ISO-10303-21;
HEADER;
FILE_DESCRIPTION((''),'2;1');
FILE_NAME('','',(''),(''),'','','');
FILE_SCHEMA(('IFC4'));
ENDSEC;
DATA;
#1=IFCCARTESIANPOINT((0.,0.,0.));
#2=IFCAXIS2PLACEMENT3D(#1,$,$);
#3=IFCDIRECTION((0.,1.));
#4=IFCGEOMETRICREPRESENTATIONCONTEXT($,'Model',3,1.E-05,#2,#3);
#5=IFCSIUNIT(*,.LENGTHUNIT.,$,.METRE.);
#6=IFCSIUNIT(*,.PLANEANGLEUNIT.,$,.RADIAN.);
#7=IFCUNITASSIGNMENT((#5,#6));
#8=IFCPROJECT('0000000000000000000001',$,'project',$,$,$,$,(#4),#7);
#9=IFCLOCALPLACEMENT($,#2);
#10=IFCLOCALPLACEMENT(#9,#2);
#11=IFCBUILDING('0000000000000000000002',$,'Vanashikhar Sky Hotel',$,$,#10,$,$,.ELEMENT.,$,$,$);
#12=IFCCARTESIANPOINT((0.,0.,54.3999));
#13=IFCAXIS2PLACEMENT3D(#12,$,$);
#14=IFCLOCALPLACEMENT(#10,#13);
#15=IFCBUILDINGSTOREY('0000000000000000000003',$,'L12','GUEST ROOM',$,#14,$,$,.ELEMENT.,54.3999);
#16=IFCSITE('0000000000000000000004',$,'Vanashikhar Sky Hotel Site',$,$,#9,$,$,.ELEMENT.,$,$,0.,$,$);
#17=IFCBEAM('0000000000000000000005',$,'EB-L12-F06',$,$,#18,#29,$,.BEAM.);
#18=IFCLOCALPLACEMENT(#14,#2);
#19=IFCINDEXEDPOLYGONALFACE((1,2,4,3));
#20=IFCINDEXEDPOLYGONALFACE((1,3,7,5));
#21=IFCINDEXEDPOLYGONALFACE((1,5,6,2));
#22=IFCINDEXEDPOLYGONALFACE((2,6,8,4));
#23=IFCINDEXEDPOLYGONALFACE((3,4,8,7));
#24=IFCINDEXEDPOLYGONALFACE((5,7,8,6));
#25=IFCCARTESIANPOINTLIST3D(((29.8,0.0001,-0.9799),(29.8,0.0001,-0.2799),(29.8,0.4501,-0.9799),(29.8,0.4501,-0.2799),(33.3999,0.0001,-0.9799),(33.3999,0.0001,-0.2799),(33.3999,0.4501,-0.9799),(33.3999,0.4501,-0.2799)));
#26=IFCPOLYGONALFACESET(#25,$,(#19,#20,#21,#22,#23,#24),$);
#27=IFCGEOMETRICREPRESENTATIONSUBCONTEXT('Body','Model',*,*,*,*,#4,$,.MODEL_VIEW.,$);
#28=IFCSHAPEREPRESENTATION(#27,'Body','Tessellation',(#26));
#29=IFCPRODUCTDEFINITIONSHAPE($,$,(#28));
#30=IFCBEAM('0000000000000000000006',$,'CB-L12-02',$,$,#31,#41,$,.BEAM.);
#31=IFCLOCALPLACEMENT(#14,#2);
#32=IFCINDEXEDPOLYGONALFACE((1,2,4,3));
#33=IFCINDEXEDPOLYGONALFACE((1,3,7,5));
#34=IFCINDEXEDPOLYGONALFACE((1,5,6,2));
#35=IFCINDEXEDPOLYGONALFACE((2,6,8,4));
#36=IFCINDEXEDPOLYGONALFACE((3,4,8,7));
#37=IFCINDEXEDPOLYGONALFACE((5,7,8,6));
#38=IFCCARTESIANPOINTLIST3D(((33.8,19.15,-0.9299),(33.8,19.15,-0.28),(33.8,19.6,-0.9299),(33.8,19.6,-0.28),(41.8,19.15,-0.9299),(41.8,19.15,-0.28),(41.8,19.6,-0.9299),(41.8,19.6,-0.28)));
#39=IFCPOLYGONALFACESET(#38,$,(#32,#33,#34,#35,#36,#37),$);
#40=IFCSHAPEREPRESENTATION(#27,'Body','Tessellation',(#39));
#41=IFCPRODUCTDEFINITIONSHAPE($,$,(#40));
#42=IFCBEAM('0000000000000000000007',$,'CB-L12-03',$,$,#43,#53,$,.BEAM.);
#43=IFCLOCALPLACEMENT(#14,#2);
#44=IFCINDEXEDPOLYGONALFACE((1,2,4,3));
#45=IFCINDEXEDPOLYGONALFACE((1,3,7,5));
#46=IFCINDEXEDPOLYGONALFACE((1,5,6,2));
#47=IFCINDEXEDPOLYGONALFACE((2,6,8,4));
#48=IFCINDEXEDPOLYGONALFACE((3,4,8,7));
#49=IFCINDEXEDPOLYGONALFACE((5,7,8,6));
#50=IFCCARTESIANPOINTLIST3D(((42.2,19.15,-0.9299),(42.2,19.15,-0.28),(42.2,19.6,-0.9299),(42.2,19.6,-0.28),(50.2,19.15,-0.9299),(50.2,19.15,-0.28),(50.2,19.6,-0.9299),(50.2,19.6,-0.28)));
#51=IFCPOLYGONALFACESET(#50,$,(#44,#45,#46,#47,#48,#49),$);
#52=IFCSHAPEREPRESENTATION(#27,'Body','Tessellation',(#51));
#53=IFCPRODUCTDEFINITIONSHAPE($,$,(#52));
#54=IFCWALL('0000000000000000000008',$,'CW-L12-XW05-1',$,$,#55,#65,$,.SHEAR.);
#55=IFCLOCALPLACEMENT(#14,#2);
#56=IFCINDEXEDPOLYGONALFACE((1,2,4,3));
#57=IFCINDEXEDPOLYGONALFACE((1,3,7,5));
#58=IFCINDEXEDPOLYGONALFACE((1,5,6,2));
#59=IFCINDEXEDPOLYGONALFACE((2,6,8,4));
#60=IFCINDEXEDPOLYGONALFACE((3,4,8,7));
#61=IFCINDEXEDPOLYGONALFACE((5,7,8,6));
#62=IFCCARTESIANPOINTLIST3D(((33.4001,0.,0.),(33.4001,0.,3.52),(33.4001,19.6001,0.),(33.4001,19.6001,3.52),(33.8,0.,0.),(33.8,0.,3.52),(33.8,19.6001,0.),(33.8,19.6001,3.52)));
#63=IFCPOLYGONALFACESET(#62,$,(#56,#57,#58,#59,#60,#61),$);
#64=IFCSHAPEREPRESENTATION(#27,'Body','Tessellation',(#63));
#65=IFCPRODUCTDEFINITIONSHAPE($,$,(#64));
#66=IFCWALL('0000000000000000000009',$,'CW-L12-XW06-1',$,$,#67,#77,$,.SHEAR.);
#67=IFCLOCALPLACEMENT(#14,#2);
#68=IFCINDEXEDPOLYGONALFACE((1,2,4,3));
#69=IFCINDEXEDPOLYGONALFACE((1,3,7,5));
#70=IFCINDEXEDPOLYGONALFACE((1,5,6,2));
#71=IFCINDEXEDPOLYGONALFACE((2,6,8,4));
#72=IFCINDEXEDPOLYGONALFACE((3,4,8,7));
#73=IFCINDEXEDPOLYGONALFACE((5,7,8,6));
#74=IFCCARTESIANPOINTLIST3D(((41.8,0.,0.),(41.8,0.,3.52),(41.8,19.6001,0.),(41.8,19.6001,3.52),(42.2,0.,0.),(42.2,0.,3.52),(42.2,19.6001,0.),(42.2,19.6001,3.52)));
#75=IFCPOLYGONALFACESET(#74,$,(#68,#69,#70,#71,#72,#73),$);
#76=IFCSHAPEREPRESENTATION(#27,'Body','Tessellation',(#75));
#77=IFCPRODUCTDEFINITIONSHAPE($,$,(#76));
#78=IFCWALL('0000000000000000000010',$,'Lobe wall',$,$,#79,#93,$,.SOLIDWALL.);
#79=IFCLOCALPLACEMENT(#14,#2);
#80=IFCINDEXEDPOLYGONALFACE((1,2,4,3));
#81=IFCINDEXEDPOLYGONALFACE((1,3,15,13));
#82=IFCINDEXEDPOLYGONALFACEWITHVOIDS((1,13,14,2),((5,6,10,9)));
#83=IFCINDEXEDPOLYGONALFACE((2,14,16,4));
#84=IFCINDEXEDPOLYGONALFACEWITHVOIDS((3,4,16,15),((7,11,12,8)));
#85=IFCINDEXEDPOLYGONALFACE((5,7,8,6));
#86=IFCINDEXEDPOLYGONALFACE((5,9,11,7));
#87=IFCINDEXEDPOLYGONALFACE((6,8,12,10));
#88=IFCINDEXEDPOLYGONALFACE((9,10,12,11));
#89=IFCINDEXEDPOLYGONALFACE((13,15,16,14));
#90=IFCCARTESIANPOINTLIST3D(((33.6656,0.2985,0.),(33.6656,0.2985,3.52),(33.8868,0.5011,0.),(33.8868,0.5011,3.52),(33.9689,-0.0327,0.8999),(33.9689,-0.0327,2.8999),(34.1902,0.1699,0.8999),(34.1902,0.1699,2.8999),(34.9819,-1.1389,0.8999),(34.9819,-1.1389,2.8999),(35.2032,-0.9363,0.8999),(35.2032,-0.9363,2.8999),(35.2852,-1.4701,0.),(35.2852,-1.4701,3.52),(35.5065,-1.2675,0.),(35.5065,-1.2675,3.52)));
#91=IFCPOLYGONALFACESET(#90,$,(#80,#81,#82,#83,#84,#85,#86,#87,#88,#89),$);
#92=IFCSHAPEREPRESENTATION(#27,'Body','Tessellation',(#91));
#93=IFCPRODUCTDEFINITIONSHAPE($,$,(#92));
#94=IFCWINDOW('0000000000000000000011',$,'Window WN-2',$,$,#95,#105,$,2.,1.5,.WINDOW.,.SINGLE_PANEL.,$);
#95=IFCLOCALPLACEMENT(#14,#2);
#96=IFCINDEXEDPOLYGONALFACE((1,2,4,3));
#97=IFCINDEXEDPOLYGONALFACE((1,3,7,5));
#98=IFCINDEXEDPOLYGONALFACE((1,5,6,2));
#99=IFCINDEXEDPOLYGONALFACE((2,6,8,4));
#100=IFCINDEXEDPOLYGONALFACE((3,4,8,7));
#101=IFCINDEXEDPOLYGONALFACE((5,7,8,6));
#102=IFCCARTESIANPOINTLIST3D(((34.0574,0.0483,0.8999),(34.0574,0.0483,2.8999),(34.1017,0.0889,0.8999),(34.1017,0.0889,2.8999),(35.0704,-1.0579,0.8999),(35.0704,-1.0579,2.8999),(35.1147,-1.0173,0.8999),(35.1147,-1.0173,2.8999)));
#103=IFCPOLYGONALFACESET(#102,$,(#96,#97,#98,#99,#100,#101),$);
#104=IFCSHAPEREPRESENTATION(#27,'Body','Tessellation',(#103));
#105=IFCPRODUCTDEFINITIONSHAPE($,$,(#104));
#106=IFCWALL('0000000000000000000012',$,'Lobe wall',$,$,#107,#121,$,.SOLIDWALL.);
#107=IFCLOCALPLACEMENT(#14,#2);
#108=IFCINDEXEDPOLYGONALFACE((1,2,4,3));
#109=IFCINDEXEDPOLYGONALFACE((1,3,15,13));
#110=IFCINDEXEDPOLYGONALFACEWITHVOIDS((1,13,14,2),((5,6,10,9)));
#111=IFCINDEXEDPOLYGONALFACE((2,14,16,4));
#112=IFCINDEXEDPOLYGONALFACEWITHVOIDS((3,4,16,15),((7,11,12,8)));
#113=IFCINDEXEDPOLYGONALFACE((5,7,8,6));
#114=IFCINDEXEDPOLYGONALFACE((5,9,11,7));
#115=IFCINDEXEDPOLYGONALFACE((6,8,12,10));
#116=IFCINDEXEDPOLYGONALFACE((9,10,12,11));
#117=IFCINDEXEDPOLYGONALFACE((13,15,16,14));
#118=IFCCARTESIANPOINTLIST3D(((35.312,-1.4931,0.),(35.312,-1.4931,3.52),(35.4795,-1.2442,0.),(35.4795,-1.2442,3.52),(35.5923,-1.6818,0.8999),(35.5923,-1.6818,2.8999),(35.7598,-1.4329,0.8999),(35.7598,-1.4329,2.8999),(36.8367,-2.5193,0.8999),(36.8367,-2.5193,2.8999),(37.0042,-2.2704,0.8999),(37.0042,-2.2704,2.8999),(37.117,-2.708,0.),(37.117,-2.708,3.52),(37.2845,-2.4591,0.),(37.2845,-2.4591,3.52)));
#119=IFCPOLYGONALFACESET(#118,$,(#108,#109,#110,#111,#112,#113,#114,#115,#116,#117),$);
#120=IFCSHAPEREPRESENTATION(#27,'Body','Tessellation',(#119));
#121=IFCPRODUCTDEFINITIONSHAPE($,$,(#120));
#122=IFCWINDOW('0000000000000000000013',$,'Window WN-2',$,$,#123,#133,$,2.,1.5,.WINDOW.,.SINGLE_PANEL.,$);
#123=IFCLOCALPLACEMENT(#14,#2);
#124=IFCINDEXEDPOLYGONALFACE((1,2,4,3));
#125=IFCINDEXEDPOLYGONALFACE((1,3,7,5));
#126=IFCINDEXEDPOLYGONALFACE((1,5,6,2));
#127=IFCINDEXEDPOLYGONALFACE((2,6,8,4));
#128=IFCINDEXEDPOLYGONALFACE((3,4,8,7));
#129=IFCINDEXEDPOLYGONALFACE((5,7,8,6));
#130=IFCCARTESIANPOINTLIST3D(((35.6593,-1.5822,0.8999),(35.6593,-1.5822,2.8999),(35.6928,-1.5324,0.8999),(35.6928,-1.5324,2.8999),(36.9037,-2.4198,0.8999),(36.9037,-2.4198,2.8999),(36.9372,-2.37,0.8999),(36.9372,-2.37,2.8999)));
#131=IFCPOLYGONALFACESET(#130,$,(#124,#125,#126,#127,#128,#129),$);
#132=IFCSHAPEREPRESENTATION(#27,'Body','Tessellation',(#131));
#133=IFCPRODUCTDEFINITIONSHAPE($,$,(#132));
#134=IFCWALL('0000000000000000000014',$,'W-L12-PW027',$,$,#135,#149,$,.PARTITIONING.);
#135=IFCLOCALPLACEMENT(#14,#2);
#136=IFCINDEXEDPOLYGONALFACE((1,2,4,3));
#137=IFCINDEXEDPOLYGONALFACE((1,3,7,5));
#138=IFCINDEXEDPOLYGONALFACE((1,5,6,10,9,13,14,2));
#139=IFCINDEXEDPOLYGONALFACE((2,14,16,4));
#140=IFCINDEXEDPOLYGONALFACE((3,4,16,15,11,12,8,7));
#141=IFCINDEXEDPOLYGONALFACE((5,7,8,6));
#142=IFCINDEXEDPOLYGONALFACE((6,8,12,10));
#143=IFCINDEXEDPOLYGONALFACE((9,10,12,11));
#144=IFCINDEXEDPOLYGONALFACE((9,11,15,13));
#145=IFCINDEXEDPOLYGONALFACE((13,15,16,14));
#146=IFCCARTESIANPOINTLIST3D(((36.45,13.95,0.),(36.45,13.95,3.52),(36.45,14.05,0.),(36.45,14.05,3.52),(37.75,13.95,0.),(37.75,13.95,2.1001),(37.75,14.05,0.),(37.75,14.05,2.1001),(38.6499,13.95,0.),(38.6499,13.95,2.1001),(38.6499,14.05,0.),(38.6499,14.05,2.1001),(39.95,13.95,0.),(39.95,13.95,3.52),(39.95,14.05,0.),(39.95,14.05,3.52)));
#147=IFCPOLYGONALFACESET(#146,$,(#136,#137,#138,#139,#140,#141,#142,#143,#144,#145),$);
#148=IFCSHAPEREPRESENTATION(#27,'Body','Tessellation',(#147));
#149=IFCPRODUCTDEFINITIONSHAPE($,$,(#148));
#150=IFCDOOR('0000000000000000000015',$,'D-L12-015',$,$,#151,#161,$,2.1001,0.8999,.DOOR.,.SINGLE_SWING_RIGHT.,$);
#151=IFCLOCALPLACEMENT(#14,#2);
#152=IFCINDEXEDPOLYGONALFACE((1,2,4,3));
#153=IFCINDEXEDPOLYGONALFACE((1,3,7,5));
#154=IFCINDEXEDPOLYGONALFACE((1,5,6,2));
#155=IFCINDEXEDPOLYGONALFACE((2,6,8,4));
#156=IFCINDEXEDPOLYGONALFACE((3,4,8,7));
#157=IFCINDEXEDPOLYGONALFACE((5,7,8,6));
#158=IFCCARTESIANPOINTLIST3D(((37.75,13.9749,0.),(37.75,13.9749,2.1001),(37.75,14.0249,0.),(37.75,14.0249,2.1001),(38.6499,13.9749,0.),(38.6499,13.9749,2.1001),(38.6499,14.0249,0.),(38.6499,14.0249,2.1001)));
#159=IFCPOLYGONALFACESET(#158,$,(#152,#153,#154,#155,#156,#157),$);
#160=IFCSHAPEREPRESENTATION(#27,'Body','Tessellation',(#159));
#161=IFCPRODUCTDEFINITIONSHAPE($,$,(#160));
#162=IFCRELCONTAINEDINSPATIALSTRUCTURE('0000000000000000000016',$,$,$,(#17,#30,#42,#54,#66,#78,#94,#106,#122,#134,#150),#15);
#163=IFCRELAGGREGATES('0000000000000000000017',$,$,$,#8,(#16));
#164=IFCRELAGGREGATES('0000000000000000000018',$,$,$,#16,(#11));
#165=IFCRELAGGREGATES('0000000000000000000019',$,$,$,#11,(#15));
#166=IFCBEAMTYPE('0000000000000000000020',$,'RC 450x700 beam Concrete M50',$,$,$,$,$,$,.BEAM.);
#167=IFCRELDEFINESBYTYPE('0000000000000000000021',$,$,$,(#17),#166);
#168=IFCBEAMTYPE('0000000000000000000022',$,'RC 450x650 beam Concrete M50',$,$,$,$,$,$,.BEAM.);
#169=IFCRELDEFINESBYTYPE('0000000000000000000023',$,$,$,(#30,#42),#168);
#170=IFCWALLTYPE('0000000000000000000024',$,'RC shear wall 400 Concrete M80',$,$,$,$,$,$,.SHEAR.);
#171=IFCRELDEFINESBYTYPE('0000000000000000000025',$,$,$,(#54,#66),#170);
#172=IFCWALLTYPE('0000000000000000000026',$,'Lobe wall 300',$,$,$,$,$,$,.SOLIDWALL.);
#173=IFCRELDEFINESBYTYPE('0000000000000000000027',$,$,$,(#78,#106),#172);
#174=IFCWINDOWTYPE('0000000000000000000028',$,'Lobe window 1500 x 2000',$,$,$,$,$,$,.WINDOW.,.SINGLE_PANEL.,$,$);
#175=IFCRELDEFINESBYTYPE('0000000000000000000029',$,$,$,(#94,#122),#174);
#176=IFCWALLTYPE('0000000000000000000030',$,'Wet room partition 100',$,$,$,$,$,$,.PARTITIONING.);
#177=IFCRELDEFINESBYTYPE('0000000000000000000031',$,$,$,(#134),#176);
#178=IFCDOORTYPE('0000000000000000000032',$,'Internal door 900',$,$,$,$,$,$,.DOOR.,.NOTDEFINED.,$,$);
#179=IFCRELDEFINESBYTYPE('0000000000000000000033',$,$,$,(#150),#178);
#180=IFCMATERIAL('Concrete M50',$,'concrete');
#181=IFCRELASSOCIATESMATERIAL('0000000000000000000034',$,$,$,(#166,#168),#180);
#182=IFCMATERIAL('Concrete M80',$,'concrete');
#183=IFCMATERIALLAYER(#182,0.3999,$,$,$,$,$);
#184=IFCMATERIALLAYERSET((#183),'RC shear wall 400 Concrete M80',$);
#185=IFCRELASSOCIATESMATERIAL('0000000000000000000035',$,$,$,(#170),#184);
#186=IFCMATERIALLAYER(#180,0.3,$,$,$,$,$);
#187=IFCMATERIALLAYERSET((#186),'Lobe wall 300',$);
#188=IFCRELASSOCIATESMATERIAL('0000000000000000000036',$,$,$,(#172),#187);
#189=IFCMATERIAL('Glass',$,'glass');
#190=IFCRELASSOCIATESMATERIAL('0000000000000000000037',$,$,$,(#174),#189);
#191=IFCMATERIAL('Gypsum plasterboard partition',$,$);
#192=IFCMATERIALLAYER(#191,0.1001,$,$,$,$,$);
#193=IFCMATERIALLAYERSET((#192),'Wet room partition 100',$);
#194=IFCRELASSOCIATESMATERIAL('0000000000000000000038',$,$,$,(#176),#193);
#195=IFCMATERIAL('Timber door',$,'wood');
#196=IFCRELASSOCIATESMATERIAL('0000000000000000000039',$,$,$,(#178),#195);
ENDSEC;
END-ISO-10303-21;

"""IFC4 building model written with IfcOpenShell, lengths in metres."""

from ifc_helpers import new_model, si_unit, direction, frame, frame_2d, origin, origin_2d, place, context, subcontext, project, spatial, rectangle, extrude, source, transform, mapped, material, layer, layer_set, material_profile, profile_set, type_object, element, fill, save


model = new_model("IFC4")

# Units and contexts
model_context = context("Model", 3, precision=1e-05, world=origin(), true_north=direction((0.0, 1.0)))
body_context = subcontext(model_context, "Body", "Model", "MODEL_VIEW")
ifc_project = project(units=[si_unit("LENGTHUNIT", "METRE"), si_unit("PLANEANGLEUNIT", "RADIAN")], contexts=[model_context])

# Site, building, storey
site_placement = place(None, origin())
site = spatial("IfcSite", under=ifc_project, at=site_placement, Name="Vanashikhar Sky Hotel Site", CompositionType="ELEMENT", RefElevation=0.0)
building_placement = place(site_placement, origin())
building = spatial("IfcBuilding", under=site, at=building_placement, Name="Vanashikhar Sky Hotel", CompositionType="ELEMENT")
storey_placement = place(building_placement, frame((0.0, 0.0, 54.3999)))
storey = spatial("IfcBuildingStorey", under=building, at=storey_placement, Name="L12", Description="GUEST ROOM", CompositionType="ELEMENT", Elevation=54.3999)

# Beams
ifc_material_1 = material(Name="Concrete M50", Category="concrete")
ifc_material_profile_1 = material_profile(ifc_material_1, rectangle(XDim=0.45, YDim=0.7, at=origin_2d()))
ifc_profile_set_1 = profile_set([ifc_material_profile_1], Name="RC 450x700 beam Concrete M50")
beam_type_1 = type_object("IfcBeamType", Name="RC 450x700 beam Concrete M50", PredefinedType="BEAM", material=ifc_profile_set_1)
shared_shape_1 = source(origin(), body_context, "Body", "SweptSolid", [
    extrude(rectangle(XDim=0.45, YDim=0.7, at=origin_2d()), origin(), (0.0, 0.0, 1.0), 3.5999),
])
beam_placement = place(storey_placement, frame((29.8, 0.2251, -0.6299), z_axis=(1.0, 0.0, 0.0), x_axis=(0.0, 1.0, 0.0)))
element("IfcBeam", 1, at=beam_placement, inside=storey, type_object=beam_type_1, Name="EB-L12-F06", PredefinedType="BEAM", context=body_context, shape_type="MappedRepresentation", body=[
    mapped(shared_shape_1, transform((0.0, 0.0, 0.0), scale=1.0)),
])
ifc_material_profile_2 = material_profile(ifc_material_1, rectangle(XDim=0.45, YDim=0.6499, at=origin_2d()))
ifc_profile_set_2 = profile_set([ifc_material_profile_2], Name="RC 450x650 beam Concrete M50")
beam_type_2 = type_object("IfcBeamType", Name="RC 450x650 beam Concrete M50", PredefinedType="BEAM", material=ifc_profile_set_2)
shared_shape_2 = source(origin(), body_context, "Body", "SweptSolid", [
    extrude(rectangle(XDim=0.45, YDim=0.6499, at=origin_2d()), origin(), (0.0, 0.0, 1.0), 8.0),
])
for number, where, z_axis, x_axis, name in (
    (2, (33.8, 19.375, -0.605), (1.0, 0.0, 0.0), (0.0, 1.0, 0.0), "CB-L12-02"),
    (3, (42.2, 19.375, -0.605), (1.0, 0.0, 0.0), (0.0, 1.0, 0.0), "CB-L12-03"),
):
    element("IfcBeam", number, at=place(storey_placement, frame(where, z_axis=z_axis, x_axis=x_axis)), inside=storey, type_object=beam_type_2, Name=name, PredefinedType="BEAM", context=body_context, shape_type="MappedRepresentation", body=[
        mapped(shared_shape_2, transform((0.0, 0.0, 0.0), scale=1.0)),
    ])

# Walls
ifc_material_2 = material(Name="Concrete M80", Category="concrete")
ifc_layer_1 = layer(ifc_material_2, 0.3999)
ifc_layer_set_1 = layer_set([ifc_layer_1], Name="RC shear wall 400 Concrete M80")
wall_type_1 = type_object("IfcWallType", Name="RC shear wall 400 Concrete M80", PredefinedType="SHEAR", material=ifc_layer_set_1)
shared_shape_3 = source(origin(), body_context, "Body", "SweptSolid", [
    extrude(rectangle(XDim=19.6001, YDim=0.3999, at=frame_2d((9.8, 0.0))), origin(), (0.0, 0.0, 1.0), 3.52),
])
for number, where, z_axis, x_axis, name in (
    (4, (33.6001, 0.0, 0.0), (0.0, 0.0, 1.0), (0.0, 1.0, 0.0), "CW-L12-XW05-1"),
    (5, (42.0, 0.0, 0.0), (0.0, 0.0, 1.0), (0.0, 1.0, 0.0), "CW-L12-XW06-1"),
):
    element("IfcWall", number, at=place(storey_placement, frame(where, z_axis=z_axis, x_axis=x_axis)), inside=storey, type_object=wall_type_1, Name=name, PredefinedType="SHEAR", context=body_context, shape_type="MappedRepresentation", body=[
        mapped(shared_shape_3, transform((0.0, 0.0, 0.0), scale=1.0)),
    ])

# Walls, openings, windows
ifc_layer_2 = layer(ifc_material_1, 0.3)
ifc_layer_set_2 = layer_set([ifc_layer_2], Name="Lobe wall 300")
wall_type_2 = type_object("IfcWallType", Name="Lobe wall 300", PredefinedType="SOLIDWALL", material=ifc_layer_set_2)
shared_shape_4 = source(origin(), body_context, "Body", "SweptSolid", [
    extrude(rectangle(XDim=2.3982, YDim=0.3, at=frame_2d((1.1992, 0.0))), origin(), (0.0, 0.0, 1.0), 3.52),
])
wall_1_placement = place(storey_placement, frame((33.7761, 0.3999, 0.0), z_axis=(0.0, 0.0, 1.0), x_axis=(0.675374, -0.737475, 0.0)))
wall_1 = element("IfcWall", 6, at=wall_1_placement, inside=storey, type_object=wall_type_2, Name="Lobe wall", PredefinedType="SOLIDWALL", context=body_context, shape_type="MappedRepresentation", body=[
    mapped(shared_shape_4, transform((0.0, 0.0, 0.0), scale=1.0)),
])
shared_shape_5 = source(origin(), body_context, "Body", "SweptSolid", [
    extrude(rectangle(XDim=1.5, YDim=2.0, at=frame_2d((0.75, 1.0))), frame((0.0, 0.1602, 0.0), z_axis=(0.0, -1.0, 0.0), x_axis=(1.0, 0.0, 0.0)), (0.0, 0.0, 1.0), 0.3201),
])
opening_1_placement = place(wall_1_placement, frame((0.4492, 0.0, 0.8999)))
opening_1 = element("IfcOpeningElement", 7, at=opening_1_placement, cuts=wall_1, PredefinedType="OPENING", context=body_context, shape_type="MappedRepresentation", body=[
    mapped(shared_shape_5, transform((0.0, 0.0, 0.0), scale=1.0)),
])
ifc_material_3 = material(Name="Glass", Category="glass")
window_type_1 = type_object("IfcWindowType", Name="Lobe window 1500 x 2000", PartitioningType="SINGLE_PANEL", PredefinedType="WINDOW", material=ifc_material_3)
shared_shape_6 = source(origin(), body_context, "Body", "SweptSolid", [
    extrude(rectangle(XDim=1.5, YDim=2.0, at=frame_2d((0.75, 1.0))), frame((0.0, 0.03, 0.0), z_axis=(0.0, -1.0, 0.0), x_axis=(1.0, 0.0, 0.0)), (0.0, 0.0, 1.0), 0.0601),
])
window_1_placement = place(opening_1_placement, origin())
window_1 = element("IfcWindow", 8, at=window_1_placement, inside=storey, type_object=window_type_1, Name="Window WN-2", OverallHeight=2.0, OverallWidth=1.5, PartitioningType="SINGLE_PANEL", PredefinedType="WINDOW", context=body_context, shape_type="MappedRepresentation", body=[
    mapped(shared_shape_6, transform((0.0, 0.0, 0.0), scale=1.0)),
])
fill(opening_1, window_1)
shared_shape_7 = source(origin(), body_context, "Body", "SweptSolid", [
    extrude(rectangle(XDim=2.1758, YDim=0.3, at=frame_2d((1.0879, 0.0))), origin(), (0.0, 0.0, 1.0), 3.52),
])
wall_2_placement = place(storey_placement, frame((35.3958, -1.3687, 0.0), z_axis=(0.0, 0.0, 1.0), x_axis=(0.829591, -0.558372, 0.0)))
wall_2 = element("IfcWall", 9, at=wall_2_placement, inside=storey, type_object=wall_type_2, Name="Lobe wall", PredefinedType="SOLIDWALL", context=body_context, shape_type="MappedRepresentation", body=[
    mapped(shared_shape_7, transform((0.0, 0.0, 0.0), scale=1.0)),
])
opening_2_placement = place(wall_2_placement, frame((0.3379, 0.0, 0.8999)))
opening_2 = element("IfcOpeningElement", 10, at=opening_2_placement, cuts=wall_2, PredefinedType="OPENING", context=body_context, shape_type="MappedRepresentation", body=[
    mapped(shared_shape_5, transform((0.0, 0.0, 0.0), scale=1.0)),
])
window_2_placement = place(opening_2_placement, origin())
window_2 = element("IfcWindow", 11, at=window_2_placement, inside=storey, type_object=window_type_1, Name="Window WN-2", OverallHeight=2.0, OverallWidth=1.5, PartitioningType="SINGLE_PANEL", PredefinedType="WINDOW", context=body_context, shape_type="MappedRepresentation", body=[
    mapped(shared_shape_6, transform((0.0, 0.0, 0.0), scale=1.0)),
])
fill(opening_2, window_2)

# Wall, opening, door
ifc_material_4 = material(Name="Gypsum plasterboard partition")
ifc_layer_3 = layer(ifc_material_4, 0.1001)
ifc_layer_set_3 = layer_set([ifc_layer_3], Name="Wet room partition 100")
wall_type_3 = type_object("IfcWallType", Name="Wet room partition 100", PredefinedType="PARTITIONING", material=ifc_layer_set_3)
shared_shape_8 = source(origin(), body_context, "Body", "SweptSolid", [
    extrude(rectangle(XDim=3.5, YDim=0.1001, at=frame_2d((1.75, 0.0))), origin(), (0.0, 0.0, 1.0), 3.52),
])
wall_3_placement = place(storey_placement, frame((36.45, 14.0, 0.0), z_axis=(0.0, 0.0, 1.0), x_axis=(1.0, 0.0, 0.0)))
wall_3 = element("IfcWall", 12, at=wall_3_placement, inside=storey, type_object=wall_type_3, Name="W-L12-PW027", PredefinedType="PARTITIONING", context=body_context, shape_type="MappedRepresentation", body=[
    mapped(shared_shape_8, transform((0.0, 0.0, 0.0), scale=1.0)),
])
shared_shape_9 = source(origin(), body_context, "Body", "SweptSolid", [
    extrude(rectangle(XDim=0.8999, YDim=2.1001, at=frame_2d((0.45, 1.05))), frame((0.0, 0.0601, 0.0), z_axis=(0.0, -1.0, 0.0), x_axis=(1.0, 0.0, 0.0)), (0.0, 0.0, 1.0), 0.1201),
])
opening_3_placement = place(wall_3_placement, frame((1.3, 0.0, 0.0)))
opening_3 = element("IfcOpeningElement", 13, at=opening_3_placement, cuts=wall_3, PredefinedType="OPENING", context=body_context, shape_type="MappedRepresentation", body=[
    mapped(shared_shape_9, transform((0.0, 0.0, 0.0), scale=1.0)),
])
ifc_material_5 = material(Name="Timber door", Category="wood")
door_type_1 = type_object("IfcDoorType", Name="Internal door 900", OperationType="NOTDEFINED", PredefinedType="DOOR", material=ifc_material_5)
shared_shape_10 = source(origin(), body_context, "Body", "SweptSolid", [
    extrude(rectangle(XDim=0.8999, YDim=2.1001, at=frame_2d((0.45, 1.05))), frame((0.0, 0.0249, 0.0), z_axis=(0.0, -1.0, 0.0), x_axis=(1.0, 0.0, 0.0)), (0.0, 0.0, 1.0), 0.05),
])
door_1_placement = place(opening_3_placement, origin())
door_1 = element("IfcDoor", 14, at=door_1_placement, inside=storey, type_object=door_type_1, Name="D-L12-015", OperationType="SINGLE_SWING_RIGHT", OverallHeight=2.1001, OverallWidth=0.8999, PredefinedType="DOOR", context=body_context, shape_type="MappedRepresentation", body=[
    mapped(shared_shape_10, transform((0.0, 0.0, 0.0), scale=1.0)),
])
fill(opening_3, door_1)

save(model, "model.ifc")
